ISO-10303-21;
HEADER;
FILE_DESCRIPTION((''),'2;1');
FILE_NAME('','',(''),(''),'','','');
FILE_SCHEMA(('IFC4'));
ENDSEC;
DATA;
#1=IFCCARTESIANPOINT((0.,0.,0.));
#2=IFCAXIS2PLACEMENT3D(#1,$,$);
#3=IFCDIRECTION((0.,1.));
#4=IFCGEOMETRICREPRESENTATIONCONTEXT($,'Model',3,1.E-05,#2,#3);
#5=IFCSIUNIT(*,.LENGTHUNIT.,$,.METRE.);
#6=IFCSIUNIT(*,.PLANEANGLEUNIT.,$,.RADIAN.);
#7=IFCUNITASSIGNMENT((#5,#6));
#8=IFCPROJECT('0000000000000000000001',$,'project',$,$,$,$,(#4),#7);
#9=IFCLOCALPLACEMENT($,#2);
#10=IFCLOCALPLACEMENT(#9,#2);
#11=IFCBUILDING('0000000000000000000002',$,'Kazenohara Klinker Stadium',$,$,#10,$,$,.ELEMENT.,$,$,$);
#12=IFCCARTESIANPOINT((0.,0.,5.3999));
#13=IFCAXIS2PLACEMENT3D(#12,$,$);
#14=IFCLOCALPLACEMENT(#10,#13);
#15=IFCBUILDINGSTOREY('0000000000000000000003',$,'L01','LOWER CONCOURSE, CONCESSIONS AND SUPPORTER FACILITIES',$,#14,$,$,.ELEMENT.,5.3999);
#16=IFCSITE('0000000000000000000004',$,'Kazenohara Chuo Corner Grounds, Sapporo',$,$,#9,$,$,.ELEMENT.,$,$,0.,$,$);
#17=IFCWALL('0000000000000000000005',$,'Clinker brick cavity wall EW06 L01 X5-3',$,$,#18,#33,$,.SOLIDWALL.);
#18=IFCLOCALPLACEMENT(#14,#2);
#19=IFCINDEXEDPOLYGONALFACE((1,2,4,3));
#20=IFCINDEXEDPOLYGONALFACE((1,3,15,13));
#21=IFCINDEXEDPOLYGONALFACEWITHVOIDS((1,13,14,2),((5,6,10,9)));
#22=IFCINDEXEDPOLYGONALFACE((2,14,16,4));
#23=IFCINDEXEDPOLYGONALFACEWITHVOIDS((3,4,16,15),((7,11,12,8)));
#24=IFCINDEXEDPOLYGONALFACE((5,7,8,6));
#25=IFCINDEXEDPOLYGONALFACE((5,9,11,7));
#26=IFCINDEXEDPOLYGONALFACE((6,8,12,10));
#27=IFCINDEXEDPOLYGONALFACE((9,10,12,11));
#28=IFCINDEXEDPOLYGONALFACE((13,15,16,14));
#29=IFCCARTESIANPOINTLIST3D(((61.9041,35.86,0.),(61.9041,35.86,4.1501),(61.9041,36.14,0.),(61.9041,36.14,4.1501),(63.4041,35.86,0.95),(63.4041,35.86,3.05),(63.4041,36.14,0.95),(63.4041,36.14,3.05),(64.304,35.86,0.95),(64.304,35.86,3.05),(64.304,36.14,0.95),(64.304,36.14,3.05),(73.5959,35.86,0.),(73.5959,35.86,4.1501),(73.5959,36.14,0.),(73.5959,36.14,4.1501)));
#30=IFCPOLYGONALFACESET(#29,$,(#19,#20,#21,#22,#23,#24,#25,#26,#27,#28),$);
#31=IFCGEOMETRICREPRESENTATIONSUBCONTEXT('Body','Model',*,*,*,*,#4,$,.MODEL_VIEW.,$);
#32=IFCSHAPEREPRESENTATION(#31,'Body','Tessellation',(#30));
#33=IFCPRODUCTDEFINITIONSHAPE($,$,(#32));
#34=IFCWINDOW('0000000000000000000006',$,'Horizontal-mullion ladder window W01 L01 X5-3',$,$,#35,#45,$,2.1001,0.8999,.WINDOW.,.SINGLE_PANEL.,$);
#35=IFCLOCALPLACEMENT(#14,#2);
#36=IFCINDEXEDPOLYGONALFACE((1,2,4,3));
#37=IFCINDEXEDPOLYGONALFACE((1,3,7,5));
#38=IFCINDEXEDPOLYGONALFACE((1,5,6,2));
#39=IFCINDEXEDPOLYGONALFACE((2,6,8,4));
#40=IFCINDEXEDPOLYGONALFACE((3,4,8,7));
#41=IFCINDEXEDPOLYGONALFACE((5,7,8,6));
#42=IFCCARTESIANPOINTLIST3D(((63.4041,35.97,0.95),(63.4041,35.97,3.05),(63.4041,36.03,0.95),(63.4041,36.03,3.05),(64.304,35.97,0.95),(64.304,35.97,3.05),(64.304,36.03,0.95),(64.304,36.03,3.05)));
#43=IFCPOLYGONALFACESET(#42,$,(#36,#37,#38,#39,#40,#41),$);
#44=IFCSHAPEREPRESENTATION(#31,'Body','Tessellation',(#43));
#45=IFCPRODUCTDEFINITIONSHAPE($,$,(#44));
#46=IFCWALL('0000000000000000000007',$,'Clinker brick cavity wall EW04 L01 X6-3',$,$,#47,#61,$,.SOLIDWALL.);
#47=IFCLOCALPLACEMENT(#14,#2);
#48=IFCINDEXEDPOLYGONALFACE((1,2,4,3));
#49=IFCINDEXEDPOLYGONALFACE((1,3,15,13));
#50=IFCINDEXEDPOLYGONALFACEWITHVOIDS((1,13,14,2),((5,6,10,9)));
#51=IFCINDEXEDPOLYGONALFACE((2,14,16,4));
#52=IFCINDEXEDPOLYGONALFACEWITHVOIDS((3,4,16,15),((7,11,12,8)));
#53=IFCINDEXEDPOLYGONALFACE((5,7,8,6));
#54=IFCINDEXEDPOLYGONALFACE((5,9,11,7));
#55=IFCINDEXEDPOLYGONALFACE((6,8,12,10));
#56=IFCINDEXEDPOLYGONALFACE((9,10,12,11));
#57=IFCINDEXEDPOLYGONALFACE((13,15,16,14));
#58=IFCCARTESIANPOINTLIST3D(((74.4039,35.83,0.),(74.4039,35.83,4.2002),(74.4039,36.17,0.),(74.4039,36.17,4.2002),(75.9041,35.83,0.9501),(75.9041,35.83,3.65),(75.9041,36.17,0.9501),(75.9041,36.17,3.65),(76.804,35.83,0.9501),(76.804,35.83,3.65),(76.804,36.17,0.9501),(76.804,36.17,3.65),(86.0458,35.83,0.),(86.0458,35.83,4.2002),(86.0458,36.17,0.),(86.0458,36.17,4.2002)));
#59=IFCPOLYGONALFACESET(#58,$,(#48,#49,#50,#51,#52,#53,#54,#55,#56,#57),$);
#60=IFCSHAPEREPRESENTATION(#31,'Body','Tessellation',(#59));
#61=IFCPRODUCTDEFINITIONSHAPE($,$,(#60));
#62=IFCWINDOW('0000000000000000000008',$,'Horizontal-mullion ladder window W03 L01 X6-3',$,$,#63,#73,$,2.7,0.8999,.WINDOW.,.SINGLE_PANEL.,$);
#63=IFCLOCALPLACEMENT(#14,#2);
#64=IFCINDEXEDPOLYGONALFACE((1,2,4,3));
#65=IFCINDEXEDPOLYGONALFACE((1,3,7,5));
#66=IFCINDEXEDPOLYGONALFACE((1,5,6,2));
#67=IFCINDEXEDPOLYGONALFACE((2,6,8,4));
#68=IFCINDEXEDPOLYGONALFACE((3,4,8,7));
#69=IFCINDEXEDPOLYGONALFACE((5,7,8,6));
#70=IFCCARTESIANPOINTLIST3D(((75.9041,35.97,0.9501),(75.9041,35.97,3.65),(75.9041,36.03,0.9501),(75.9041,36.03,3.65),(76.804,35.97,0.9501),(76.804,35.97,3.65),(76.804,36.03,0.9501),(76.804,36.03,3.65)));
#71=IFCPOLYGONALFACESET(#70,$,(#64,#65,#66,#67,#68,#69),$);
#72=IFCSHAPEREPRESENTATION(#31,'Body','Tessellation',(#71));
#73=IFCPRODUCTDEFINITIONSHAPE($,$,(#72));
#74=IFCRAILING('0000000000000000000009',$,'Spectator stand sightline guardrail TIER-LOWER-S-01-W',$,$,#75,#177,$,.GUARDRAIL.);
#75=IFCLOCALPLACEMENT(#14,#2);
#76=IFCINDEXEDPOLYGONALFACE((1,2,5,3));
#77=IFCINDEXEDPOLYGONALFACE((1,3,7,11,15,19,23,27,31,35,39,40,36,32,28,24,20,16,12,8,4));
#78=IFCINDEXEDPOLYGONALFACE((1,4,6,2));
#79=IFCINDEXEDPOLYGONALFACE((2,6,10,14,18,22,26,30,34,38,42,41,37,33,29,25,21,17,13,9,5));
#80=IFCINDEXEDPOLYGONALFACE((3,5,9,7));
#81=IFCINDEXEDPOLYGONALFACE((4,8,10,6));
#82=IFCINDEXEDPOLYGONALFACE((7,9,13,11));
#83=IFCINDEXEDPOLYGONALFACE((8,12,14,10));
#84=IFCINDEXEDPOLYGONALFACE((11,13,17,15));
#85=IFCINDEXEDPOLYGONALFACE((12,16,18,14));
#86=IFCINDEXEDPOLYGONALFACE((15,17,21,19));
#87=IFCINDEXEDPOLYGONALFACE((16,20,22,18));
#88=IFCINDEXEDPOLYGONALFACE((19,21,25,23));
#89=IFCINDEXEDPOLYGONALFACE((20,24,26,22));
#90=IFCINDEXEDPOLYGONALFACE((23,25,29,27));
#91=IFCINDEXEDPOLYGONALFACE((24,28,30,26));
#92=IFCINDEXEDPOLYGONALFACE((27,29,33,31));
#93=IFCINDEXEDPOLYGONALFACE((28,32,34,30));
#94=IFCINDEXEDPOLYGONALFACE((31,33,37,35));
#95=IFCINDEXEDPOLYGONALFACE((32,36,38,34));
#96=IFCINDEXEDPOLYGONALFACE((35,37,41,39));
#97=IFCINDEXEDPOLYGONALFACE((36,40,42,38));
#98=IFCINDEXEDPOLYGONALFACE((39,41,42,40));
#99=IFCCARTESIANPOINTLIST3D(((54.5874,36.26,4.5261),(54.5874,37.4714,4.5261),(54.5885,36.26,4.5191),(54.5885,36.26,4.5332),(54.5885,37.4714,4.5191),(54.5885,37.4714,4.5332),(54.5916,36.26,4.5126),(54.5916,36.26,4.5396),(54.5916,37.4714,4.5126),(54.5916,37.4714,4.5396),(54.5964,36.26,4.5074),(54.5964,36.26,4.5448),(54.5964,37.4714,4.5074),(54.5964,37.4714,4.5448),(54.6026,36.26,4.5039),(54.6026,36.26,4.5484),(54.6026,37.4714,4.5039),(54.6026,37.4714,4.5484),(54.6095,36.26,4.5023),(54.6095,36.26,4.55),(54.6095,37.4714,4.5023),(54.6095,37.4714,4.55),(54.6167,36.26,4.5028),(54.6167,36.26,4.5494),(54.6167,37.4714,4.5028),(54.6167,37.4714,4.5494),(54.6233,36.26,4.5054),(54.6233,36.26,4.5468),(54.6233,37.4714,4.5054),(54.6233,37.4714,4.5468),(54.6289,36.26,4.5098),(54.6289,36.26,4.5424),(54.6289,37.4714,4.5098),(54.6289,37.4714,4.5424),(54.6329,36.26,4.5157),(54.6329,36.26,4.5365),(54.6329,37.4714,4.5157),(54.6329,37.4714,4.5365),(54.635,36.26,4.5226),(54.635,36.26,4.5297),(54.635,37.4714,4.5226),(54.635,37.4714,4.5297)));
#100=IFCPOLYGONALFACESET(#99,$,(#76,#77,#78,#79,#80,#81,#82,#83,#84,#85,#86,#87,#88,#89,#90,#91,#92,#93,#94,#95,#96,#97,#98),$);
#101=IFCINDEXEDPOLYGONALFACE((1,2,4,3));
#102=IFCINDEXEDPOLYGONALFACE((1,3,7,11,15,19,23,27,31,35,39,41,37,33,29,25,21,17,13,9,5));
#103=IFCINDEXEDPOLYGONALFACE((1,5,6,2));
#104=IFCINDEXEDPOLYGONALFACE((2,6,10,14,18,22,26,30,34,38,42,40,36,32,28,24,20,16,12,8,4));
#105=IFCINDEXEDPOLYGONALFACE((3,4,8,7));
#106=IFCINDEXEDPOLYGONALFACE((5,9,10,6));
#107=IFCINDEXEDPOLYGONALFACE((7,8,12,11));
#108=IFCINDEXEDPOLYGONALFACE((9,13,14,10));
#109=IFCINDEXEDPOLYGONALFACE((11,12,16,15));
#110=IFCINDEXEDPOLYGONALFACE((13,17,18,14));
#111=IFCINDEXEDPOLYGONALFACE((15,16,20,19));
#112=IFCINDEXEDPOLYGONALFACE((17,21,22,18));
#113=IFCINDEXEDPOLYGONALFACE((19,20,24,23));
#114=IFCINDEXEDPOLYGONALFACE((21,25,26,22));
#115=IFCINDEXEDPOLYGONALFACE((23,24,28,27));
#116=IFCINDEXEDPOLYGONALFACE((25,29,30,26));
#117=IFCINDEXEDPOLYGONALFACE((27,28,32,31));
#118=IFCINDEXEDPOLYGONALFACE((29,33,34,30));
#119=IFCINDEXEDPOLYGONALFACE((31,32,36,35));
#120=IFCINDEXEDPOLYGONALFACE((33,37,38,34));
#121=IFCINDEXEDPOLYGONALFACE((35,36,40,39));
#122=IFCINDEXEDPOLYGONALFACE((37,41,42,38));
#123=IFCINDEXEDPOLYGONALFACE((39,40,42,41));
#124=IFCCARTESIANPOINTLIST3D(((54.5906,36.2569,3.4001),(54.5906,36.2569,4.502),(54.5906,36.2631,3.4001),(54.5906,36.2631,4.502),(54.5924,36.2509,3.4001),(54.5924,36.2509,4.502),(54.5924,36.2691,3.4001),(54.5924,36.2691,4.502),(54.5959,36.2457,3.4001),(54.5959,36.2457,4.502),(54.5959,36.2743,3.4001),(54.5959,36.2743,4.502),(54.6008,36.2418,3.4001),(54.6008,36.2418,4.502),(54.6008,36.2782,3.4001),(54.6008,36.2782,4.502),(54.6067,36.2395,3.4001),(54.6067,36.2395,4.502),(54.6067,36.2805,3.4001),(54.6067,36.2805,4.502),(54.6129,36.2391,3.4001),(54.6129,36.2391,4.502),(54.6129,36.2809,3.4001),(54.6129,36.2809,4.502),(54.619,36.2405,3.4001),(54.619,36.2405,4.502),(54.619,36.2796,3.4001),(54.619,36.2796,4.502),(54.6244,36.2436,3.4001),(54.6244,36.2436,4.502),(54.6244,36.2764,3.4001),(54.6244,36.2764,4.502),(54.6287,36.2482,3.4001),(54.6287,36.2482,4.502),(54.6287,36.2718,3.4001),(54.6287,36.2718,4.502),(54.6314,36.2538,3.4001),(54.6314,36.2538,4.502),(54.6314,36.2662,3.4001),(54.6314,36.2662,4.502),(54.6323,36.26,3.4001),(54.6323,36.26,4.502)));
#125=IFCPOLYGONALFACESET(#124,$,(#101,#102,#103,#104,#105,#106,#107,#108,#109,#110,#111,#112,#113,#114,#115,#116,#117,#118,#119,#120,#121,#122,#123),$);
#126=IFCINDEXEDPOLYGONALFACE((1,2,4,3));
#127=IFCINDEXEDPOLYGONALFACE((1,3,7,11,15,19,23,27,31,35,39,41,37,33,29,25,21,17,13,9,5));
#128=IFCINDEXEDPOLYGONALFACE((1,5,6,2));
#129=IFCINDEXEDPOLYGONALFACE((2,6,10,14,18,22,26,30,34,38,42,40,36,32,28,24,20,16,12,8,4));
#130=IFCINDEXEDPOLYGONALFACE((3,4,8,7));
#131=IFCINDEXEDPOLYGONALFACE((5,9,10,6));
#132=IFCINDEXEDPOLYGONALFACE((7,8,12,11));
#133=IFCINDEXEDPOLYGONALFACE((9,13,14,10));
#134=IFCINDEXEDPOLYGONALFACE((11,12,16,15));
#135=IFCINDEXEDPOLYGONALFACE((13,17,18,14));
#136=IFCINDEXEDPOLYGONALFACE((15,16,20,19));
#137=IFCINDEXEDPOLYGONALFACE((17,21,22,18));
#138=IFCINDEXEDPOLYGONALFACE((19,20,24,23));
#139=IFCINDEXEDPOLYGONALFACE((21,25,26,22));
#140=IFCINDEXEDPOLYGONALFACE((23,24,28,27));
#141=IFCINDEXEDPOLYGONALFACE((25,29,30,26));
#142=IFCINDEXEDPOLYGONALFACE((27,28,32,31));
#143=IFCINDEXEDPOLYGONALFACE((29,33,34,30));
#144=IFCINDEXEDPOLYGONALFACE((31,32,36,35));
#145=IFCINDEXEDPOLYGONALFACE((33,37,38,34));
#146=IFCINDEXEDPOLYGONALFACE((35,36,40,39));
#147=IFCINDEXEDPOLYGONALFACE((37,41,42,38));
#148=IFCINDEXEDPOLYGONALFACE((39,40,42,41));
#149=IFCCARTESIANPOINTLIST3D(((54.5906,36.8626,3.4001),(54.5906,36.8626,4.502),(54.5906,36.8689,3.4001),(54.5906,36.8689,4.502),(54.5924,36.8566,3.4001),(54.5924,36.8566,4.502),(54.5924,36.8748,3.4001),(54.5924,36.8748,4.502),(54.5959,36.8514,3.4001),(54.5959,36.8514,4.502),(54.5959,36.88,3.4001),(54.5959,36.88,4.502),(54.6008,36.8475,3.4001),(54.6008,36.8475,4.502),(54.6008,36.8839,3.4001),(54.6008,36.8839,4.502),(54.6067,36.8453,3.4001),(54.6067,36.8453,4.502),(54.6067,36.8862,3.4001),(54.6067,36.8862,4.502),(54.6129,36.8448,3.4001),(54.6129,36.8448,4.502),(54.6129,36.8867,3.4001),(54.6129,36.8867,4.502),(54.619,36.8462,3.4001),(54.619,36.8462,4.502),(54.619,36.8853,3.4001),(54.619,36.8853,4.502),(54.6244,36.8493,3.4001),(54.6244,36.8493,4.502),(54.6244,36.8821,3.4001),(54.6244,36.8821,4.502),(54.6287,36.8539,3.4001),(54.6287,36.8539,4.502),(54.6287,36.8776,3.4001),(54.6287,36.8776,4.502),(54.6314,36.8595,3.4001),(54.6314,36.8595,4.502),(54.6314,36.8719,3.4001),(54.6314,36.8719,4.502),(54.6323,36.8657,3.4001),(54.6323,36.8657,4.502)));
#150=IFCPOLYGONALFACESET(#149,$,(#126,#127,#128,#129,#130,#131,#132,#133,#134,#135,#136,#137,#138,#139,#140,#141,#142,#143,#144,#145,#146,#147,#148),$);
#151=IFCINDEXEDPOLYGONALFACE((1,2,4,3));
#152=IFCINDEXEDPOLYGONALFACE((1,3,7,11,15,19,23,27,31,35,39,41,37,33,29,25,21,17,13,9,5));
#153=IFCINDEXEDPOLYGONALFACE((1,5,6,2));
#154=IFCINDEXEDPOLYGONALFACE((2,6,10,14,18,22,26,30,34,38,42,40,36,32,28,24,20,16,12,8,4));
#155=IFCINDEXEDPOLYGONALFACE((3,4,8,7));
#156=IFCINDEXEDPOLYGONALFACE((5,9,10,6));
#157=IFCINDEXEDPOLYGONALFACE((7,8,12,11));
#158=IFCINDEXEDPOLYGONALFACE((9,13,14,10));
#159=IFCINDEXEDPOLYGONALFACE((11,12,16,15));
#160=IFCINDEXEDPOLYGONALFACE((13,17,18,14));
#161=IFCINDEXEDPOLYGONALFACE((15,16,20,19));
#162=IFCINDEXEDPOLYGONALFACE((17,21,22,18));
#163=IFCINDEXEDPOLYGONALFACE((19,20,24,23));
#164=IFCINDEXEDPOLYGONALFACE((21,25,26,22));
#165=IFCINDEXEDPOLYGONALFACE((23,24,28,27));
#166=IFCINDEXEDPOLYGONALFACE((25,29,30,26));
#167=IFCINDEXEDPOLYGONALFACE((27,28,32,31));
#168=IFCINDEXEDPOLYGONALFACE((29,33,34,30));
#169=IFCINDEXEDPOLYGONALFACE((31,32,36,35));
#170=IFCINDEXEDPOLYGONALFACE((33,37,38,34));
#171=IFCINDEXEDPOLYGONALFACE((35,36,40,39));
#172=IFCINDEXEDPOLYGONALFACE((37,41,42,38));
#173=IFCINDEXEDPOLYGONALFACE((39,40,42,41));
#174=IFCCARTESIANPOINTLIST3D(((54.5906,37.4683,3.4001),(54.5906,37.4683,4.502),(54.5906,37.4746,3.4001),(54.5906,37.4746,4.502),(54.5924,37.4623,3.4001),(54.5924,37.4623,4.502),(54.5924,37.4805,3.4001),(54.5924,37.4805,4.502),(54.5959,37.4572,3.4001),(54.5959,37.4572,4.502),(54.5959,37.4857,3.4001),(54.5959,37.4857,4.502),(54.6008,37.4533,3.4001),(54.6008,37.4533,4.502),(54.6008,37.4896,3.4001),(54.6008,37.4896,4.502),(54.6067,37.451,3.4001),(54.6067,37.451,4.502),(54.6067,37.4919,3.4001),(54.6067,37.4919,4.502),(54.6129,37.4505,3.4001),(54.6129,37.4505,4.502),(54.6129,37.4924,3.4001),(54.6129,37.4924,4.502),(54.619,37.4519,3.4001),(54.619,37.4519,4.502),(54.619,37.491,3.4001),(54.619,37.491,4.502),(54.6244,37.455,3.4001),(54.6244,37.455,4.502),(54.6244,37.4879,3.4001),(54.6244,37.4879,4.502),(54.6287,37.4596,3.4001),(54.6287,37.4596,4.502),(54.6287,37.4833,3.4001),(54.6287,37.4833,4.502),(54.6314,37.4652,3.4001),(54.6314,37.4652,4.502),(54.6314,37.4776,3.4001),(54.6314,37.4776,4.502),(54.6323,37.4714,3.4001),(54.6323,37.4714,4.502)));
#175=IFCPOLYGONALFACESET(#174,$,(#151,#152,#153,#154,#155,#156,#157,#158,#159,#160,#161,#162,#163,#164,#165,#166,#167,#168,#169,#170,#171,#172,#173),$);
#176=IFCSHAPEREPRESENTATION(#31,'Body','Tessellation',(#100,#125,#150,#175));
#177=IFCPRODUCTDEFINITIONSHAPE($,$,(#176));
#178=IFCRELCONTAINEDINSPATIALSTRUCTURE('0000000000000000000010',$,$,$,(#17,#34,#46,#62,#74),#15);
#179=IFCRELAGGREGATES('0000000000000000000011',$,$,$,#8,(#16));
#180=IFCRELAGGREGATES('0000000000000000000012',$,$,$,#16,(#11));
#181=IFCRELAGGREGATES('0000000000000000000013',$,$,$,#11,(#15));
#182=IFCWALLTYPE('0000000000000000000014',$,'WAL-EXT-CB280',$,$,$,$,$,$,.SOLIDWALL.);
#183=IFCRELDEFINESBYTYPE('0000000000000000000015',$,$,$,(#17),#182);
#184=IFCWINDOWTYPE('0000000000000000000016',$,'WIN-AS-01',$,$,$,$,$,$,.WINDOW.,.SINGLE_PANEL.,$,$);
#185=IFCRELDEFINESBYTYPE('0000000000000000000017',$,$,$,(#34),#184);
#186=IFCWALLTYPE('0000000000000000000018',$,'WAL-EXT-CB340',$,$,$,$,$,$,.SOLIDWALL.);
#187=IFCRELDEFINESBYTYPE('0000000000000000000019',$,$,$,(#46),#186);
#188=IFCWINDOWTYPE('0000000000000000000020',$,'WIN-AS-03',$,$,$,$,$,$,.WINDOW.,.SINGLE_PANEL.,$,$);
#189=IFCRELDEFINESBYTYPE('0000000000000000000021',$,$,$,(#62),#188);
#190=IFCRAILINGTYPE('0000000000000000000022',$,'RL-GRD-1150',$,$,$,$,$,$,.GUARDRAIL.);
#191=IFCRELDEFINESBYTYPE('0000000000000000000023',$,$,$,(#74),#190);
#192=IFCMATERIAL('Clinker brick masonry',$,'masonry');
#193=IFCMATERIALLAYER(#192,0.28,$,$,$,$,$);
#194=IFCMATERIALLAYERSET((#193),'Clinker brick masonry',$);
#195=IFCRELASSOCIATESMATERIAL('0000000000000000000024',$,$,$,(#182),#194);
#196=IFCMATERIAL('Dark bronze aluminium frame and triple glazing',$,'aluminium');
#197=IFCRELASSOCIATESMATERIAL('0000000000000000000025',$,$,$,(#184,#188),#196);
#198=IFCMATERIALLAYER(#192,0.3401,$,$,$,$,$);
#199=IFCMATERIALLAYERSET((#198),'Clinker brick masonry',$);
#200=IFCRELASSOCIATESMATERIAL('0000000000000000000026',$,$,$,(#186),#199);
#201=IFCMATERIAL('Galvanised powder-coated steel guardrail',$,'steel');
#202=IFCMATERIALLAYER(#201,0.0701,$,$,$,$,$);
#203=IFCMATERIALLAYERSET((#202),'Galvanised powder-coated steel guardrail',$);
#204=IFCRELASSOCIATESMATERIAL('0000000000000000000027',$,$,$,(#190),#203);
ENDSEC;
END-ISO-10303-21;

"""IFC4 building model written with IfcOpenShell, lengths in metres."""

from ifc_helpers import new_model, si_unit, direction, frame, frame_2d, origin, origin_2d, place, context, subcontext, project, spatial, rectangle, circle, extrude, material, layer, layer_set, type_object, element, fill, save


model = new_model("IFC4")

# Units and contexts
model_context = context("Model", 3, precision=1e-05, world=origin(), true_north=direction((0.0, 1.0)))
body_context = subcontext(model_context, "Body", "Model", "MODEL_VIEW")
ifc_project = project(units=[si_unit("LENGTHUNIT", "METRE"), si_unit("PLANEANGLEUNIT", "RADIAN")], contexts=[model_context])

# Site, building, storey
site_placement = place(None, origin())
site = spatial("IfcSite", under=ifc_project, at=site_placement, Name="Kazenohara Chuo Corner Grounds, Sapporo", CompositionType="ELEMENT", RefElevation=0.0)
building_placement = place(site_placement, origin())
building = spatial("IfcBuilding", under=site, at=building_placement, Name="Kazenohara Klinker Stadium", CompositionType="ELEMENT")
storey_placement = place(building_placement, frame((0.0, 0.0, 5.3999)))
storey = spatial("IfcBuildingStorey", under=building, at=storey_placement, Name="L01", Description="LOWER CONCOURSE, CONCESSIONS AND SUPPORTER FACILITIES", CompositionType="ELEMENT", Elevation=5.3999)

# Walls, openings, windows
ifc_material_1 = material(Name="Clinker brick masonry", Category="masonry")
ifc_layer_1 = layer(ifc_material_1, 0.28)
ifc_layer_set_1 = layer_set([ifc_layer_1], Name="Clinker brick masonry")
wall_type_1 = type_object("IfcWallType", Name="WAL-EXT-CB280", PredefinedType="SOLIDWALL", material=ifc_layer_set_1)
wall_1_placement = place(storey_placement, frame((61.9041, 36.0, 0.0), z_axis=(0.0, 0.0, 1.0), x_axis=(1.0, 0.0, 0.0)))
wall_1 = element("IfcWall", 1, at=wall_1_placement, inside=storey, type_object=wall_type_1, Name="Clinker brick cavity wall EW06 L01 X5-3", PredefinedType="SOLIDWALL", context=body_context, shape_type="SweptSolid", body=[
    extrude(rectangle(XDim=11.6919, YDim=0.28, at=frame_2d((5.8459, 0.0))), origin(), (0.0, 0.0, 1.0), 4.1501),
])
opening_1_placement = place(wall_1_placement, frame((1.5, 0.0, 0.95)))
opening_1 = element("IfcOpeningElement", 2, at=opening_1_placement, cuts=wall_1, PredefinedType="OPENING", context=body_context, shape_type="SweptSolid", body=[
    extrude(rectangle(XDim=0.8999, YDim=2.1001, at=frame_2d((0.45, 1.05))), frame((0.0, 0.1499, 0.0), z_axis=(0.0, -1.0, 0.0), x_axis=(1.0, 0.0, 0.0)), (0.0, 0.0, 1.0), 0.3),
])
ifc_material_2 = material(Name="Dark bronze aluminium frame and triple glazing", Category="aluminium")
window_type_1 = type_object("IfcWindowType", Name="WIN-AS-01", PartitioningType="SINGLE_PANEL", PredefinedType="WINDOW", material=ifc_material_2)
window_1_placement = place(opening_1_placement, origin())
window_1 = element("IfcWindow", 3, at=window_1_placement, inside=storey, type_object=window_type_1, Name="Horizontal-mullion ladder window W01 L01 X5-3", OverallHeight=2.1001, OverallWidth=0.8999, PartitioningType="SINGLE_PANEL", PredefinedType="WINDOW", context=body_context, shape_type="SweptSolid", body=[
    extrude(rectangle(XDim=0.8999, YDim=2.1001, at=frame_2d((0.45, 1.05))), frame((0.0, 0.03, 0.0), z_axis=(0.0, -1.0, 0.0), x_axis=(1.0, 0.0, 0.0)), (0.0, 0.0, 1.0), 0.0601),
])
fill(opening_1, window_1)
ifc_layer_2 = layer(ifc_material_1, 0.3401)
ifc_layer_set_2 = layer_set([ifc_layer_2], Name="Clinker brick masonry")
wall_type_2 = type_object("IfcWallType", Name="WAL-EXT-CB340", PredefinedType="SOLIDWALL", material=ifc_layer_set_2)
wall_2_placement = place(storey_placement, frame((74.4041, 36.0, 0.0), z_axis=(0.0, 0.0, 1.0), x_axis=(1.0, 0.0, 0.0)))
wall_2 = element("IfcWall", 4, at=wall_2_placement, inside=storey, type_object=wall_type_2, Name="Clinker brick cavity wall EW04 L01 X6-3", PredefinedType="SOLIDWALL", context=body_context, shape_type="SweptSolid", body=[
    extrude(rectangle(XDim=11.6418, YDim=0.3401, at=frame_2d((5.8208, 0.0))), origin(), (0.0, 0.0, 1.0), 4.2002),
])
opening_2_placement = place(wall_2_placement, frame((1.5, 0.0, 0.95)))
opening_2 = element("IfcOpeningElement", 5, at=opening_2_placement, cuts=wall_2, PredefinedType="OPENING", context=body_context, shape_type="SweptSolid", body=[
    extrude(rectangle(XDim=0.8999, YDim=2.7, at=frame_2d((0.45, 1.3501))), frame((0.0, 0.1802, 0.0), z_axis=(0.0, -1.0, 0.0), x_axis=(1.0, 0.0, 0.0)), (0.0, 0.0, 1.0), 0.3601),
])
window_type_2 = type_object("IfcWindowType", Name="WIN-AS-03", PartitioningType="SINGLE_PANEL", PredefinedType="WINDOW", material=ifc_material_2)
window_2_placement = place(opening_2_placement, origin())
window_2 = element("IfcWindow", 6, at=window_2_placement, inside=storey, type_object=window_type_2, Name="Horizontal-mullion ladder window W03 L01 X6-3", OverallHeight=2.7, OverallWidth=0.8999, PartitioningType="SINGLE_PANEL", PredefinedType="WINDOW", context=body_context, shape_type="SweptSolid", body=[
    extrude(rectangle(XDim=0.8999, YDim=2.7, at=frame_2d((0.45, 1.3501))), frame((0.0, 0.03, 0.0), z_axis=(0.0, -1.0, 0.0), x_axis=(1.0, 0.0, 0.0)), (0.0, 0.0, 1.0), 0.0601),
])
fill(opening_2, window_2)

# Railing
ifc_material_3 = material(Name="Galvanised powder-coated steel guardrail", Category="steel")
ifc_layer_3 = layer(ifc_material_3, 0.0701)
ifc_layer_set_3 = layer_set([ifc_layer_3], Name="Galvanised powder-coated steel guardrail")
railing_type = type_object("IfcRailingType", Name="RL-GRD-1150", PredefinedType="GUARDRAIL", material=ifc_layer_set_3)
railing_1_placement = place(storey_placement, frame((54.6113, 36.26, 3.4001)))
element("IfcRailing", 7, at=railing_1_placement, inside=storey, type_object=railing_type, Name="Spectator stand sightline guardrail TIER-LOWER-S-01-W", PredefinedType="GUARDRAIL", context=body_context, shape_type="SweptSolid", body=[
    extrude(circle(Radius=0.0239, at=origin_2d()), frame((0.0, 0.0, 1.126), z_axis=(0.0, 1.0, 0.0), x_axis=(-1.0, 0.0, 0.0)), (0.0, 0.0, 1.0), 1.2114),
    extrude(circle(Radius=0.021, at=origin_2d()), origin(), (0.0, 0.0, 1.0), 1.1018),
    extrude(circle(Radius=0.021, at=origin_2d()), frame((0.0, 0.6057, 0.0)), (0.0, 0.0, 1.0), 1.1018),
    extrude(circle(Radius=0.021, at=origin_2d()), frame((0.0, 1.2114, 0.0)), (0.0, 0.0, 1.0), 1.1018),
])

save(model, "model.ifc")
